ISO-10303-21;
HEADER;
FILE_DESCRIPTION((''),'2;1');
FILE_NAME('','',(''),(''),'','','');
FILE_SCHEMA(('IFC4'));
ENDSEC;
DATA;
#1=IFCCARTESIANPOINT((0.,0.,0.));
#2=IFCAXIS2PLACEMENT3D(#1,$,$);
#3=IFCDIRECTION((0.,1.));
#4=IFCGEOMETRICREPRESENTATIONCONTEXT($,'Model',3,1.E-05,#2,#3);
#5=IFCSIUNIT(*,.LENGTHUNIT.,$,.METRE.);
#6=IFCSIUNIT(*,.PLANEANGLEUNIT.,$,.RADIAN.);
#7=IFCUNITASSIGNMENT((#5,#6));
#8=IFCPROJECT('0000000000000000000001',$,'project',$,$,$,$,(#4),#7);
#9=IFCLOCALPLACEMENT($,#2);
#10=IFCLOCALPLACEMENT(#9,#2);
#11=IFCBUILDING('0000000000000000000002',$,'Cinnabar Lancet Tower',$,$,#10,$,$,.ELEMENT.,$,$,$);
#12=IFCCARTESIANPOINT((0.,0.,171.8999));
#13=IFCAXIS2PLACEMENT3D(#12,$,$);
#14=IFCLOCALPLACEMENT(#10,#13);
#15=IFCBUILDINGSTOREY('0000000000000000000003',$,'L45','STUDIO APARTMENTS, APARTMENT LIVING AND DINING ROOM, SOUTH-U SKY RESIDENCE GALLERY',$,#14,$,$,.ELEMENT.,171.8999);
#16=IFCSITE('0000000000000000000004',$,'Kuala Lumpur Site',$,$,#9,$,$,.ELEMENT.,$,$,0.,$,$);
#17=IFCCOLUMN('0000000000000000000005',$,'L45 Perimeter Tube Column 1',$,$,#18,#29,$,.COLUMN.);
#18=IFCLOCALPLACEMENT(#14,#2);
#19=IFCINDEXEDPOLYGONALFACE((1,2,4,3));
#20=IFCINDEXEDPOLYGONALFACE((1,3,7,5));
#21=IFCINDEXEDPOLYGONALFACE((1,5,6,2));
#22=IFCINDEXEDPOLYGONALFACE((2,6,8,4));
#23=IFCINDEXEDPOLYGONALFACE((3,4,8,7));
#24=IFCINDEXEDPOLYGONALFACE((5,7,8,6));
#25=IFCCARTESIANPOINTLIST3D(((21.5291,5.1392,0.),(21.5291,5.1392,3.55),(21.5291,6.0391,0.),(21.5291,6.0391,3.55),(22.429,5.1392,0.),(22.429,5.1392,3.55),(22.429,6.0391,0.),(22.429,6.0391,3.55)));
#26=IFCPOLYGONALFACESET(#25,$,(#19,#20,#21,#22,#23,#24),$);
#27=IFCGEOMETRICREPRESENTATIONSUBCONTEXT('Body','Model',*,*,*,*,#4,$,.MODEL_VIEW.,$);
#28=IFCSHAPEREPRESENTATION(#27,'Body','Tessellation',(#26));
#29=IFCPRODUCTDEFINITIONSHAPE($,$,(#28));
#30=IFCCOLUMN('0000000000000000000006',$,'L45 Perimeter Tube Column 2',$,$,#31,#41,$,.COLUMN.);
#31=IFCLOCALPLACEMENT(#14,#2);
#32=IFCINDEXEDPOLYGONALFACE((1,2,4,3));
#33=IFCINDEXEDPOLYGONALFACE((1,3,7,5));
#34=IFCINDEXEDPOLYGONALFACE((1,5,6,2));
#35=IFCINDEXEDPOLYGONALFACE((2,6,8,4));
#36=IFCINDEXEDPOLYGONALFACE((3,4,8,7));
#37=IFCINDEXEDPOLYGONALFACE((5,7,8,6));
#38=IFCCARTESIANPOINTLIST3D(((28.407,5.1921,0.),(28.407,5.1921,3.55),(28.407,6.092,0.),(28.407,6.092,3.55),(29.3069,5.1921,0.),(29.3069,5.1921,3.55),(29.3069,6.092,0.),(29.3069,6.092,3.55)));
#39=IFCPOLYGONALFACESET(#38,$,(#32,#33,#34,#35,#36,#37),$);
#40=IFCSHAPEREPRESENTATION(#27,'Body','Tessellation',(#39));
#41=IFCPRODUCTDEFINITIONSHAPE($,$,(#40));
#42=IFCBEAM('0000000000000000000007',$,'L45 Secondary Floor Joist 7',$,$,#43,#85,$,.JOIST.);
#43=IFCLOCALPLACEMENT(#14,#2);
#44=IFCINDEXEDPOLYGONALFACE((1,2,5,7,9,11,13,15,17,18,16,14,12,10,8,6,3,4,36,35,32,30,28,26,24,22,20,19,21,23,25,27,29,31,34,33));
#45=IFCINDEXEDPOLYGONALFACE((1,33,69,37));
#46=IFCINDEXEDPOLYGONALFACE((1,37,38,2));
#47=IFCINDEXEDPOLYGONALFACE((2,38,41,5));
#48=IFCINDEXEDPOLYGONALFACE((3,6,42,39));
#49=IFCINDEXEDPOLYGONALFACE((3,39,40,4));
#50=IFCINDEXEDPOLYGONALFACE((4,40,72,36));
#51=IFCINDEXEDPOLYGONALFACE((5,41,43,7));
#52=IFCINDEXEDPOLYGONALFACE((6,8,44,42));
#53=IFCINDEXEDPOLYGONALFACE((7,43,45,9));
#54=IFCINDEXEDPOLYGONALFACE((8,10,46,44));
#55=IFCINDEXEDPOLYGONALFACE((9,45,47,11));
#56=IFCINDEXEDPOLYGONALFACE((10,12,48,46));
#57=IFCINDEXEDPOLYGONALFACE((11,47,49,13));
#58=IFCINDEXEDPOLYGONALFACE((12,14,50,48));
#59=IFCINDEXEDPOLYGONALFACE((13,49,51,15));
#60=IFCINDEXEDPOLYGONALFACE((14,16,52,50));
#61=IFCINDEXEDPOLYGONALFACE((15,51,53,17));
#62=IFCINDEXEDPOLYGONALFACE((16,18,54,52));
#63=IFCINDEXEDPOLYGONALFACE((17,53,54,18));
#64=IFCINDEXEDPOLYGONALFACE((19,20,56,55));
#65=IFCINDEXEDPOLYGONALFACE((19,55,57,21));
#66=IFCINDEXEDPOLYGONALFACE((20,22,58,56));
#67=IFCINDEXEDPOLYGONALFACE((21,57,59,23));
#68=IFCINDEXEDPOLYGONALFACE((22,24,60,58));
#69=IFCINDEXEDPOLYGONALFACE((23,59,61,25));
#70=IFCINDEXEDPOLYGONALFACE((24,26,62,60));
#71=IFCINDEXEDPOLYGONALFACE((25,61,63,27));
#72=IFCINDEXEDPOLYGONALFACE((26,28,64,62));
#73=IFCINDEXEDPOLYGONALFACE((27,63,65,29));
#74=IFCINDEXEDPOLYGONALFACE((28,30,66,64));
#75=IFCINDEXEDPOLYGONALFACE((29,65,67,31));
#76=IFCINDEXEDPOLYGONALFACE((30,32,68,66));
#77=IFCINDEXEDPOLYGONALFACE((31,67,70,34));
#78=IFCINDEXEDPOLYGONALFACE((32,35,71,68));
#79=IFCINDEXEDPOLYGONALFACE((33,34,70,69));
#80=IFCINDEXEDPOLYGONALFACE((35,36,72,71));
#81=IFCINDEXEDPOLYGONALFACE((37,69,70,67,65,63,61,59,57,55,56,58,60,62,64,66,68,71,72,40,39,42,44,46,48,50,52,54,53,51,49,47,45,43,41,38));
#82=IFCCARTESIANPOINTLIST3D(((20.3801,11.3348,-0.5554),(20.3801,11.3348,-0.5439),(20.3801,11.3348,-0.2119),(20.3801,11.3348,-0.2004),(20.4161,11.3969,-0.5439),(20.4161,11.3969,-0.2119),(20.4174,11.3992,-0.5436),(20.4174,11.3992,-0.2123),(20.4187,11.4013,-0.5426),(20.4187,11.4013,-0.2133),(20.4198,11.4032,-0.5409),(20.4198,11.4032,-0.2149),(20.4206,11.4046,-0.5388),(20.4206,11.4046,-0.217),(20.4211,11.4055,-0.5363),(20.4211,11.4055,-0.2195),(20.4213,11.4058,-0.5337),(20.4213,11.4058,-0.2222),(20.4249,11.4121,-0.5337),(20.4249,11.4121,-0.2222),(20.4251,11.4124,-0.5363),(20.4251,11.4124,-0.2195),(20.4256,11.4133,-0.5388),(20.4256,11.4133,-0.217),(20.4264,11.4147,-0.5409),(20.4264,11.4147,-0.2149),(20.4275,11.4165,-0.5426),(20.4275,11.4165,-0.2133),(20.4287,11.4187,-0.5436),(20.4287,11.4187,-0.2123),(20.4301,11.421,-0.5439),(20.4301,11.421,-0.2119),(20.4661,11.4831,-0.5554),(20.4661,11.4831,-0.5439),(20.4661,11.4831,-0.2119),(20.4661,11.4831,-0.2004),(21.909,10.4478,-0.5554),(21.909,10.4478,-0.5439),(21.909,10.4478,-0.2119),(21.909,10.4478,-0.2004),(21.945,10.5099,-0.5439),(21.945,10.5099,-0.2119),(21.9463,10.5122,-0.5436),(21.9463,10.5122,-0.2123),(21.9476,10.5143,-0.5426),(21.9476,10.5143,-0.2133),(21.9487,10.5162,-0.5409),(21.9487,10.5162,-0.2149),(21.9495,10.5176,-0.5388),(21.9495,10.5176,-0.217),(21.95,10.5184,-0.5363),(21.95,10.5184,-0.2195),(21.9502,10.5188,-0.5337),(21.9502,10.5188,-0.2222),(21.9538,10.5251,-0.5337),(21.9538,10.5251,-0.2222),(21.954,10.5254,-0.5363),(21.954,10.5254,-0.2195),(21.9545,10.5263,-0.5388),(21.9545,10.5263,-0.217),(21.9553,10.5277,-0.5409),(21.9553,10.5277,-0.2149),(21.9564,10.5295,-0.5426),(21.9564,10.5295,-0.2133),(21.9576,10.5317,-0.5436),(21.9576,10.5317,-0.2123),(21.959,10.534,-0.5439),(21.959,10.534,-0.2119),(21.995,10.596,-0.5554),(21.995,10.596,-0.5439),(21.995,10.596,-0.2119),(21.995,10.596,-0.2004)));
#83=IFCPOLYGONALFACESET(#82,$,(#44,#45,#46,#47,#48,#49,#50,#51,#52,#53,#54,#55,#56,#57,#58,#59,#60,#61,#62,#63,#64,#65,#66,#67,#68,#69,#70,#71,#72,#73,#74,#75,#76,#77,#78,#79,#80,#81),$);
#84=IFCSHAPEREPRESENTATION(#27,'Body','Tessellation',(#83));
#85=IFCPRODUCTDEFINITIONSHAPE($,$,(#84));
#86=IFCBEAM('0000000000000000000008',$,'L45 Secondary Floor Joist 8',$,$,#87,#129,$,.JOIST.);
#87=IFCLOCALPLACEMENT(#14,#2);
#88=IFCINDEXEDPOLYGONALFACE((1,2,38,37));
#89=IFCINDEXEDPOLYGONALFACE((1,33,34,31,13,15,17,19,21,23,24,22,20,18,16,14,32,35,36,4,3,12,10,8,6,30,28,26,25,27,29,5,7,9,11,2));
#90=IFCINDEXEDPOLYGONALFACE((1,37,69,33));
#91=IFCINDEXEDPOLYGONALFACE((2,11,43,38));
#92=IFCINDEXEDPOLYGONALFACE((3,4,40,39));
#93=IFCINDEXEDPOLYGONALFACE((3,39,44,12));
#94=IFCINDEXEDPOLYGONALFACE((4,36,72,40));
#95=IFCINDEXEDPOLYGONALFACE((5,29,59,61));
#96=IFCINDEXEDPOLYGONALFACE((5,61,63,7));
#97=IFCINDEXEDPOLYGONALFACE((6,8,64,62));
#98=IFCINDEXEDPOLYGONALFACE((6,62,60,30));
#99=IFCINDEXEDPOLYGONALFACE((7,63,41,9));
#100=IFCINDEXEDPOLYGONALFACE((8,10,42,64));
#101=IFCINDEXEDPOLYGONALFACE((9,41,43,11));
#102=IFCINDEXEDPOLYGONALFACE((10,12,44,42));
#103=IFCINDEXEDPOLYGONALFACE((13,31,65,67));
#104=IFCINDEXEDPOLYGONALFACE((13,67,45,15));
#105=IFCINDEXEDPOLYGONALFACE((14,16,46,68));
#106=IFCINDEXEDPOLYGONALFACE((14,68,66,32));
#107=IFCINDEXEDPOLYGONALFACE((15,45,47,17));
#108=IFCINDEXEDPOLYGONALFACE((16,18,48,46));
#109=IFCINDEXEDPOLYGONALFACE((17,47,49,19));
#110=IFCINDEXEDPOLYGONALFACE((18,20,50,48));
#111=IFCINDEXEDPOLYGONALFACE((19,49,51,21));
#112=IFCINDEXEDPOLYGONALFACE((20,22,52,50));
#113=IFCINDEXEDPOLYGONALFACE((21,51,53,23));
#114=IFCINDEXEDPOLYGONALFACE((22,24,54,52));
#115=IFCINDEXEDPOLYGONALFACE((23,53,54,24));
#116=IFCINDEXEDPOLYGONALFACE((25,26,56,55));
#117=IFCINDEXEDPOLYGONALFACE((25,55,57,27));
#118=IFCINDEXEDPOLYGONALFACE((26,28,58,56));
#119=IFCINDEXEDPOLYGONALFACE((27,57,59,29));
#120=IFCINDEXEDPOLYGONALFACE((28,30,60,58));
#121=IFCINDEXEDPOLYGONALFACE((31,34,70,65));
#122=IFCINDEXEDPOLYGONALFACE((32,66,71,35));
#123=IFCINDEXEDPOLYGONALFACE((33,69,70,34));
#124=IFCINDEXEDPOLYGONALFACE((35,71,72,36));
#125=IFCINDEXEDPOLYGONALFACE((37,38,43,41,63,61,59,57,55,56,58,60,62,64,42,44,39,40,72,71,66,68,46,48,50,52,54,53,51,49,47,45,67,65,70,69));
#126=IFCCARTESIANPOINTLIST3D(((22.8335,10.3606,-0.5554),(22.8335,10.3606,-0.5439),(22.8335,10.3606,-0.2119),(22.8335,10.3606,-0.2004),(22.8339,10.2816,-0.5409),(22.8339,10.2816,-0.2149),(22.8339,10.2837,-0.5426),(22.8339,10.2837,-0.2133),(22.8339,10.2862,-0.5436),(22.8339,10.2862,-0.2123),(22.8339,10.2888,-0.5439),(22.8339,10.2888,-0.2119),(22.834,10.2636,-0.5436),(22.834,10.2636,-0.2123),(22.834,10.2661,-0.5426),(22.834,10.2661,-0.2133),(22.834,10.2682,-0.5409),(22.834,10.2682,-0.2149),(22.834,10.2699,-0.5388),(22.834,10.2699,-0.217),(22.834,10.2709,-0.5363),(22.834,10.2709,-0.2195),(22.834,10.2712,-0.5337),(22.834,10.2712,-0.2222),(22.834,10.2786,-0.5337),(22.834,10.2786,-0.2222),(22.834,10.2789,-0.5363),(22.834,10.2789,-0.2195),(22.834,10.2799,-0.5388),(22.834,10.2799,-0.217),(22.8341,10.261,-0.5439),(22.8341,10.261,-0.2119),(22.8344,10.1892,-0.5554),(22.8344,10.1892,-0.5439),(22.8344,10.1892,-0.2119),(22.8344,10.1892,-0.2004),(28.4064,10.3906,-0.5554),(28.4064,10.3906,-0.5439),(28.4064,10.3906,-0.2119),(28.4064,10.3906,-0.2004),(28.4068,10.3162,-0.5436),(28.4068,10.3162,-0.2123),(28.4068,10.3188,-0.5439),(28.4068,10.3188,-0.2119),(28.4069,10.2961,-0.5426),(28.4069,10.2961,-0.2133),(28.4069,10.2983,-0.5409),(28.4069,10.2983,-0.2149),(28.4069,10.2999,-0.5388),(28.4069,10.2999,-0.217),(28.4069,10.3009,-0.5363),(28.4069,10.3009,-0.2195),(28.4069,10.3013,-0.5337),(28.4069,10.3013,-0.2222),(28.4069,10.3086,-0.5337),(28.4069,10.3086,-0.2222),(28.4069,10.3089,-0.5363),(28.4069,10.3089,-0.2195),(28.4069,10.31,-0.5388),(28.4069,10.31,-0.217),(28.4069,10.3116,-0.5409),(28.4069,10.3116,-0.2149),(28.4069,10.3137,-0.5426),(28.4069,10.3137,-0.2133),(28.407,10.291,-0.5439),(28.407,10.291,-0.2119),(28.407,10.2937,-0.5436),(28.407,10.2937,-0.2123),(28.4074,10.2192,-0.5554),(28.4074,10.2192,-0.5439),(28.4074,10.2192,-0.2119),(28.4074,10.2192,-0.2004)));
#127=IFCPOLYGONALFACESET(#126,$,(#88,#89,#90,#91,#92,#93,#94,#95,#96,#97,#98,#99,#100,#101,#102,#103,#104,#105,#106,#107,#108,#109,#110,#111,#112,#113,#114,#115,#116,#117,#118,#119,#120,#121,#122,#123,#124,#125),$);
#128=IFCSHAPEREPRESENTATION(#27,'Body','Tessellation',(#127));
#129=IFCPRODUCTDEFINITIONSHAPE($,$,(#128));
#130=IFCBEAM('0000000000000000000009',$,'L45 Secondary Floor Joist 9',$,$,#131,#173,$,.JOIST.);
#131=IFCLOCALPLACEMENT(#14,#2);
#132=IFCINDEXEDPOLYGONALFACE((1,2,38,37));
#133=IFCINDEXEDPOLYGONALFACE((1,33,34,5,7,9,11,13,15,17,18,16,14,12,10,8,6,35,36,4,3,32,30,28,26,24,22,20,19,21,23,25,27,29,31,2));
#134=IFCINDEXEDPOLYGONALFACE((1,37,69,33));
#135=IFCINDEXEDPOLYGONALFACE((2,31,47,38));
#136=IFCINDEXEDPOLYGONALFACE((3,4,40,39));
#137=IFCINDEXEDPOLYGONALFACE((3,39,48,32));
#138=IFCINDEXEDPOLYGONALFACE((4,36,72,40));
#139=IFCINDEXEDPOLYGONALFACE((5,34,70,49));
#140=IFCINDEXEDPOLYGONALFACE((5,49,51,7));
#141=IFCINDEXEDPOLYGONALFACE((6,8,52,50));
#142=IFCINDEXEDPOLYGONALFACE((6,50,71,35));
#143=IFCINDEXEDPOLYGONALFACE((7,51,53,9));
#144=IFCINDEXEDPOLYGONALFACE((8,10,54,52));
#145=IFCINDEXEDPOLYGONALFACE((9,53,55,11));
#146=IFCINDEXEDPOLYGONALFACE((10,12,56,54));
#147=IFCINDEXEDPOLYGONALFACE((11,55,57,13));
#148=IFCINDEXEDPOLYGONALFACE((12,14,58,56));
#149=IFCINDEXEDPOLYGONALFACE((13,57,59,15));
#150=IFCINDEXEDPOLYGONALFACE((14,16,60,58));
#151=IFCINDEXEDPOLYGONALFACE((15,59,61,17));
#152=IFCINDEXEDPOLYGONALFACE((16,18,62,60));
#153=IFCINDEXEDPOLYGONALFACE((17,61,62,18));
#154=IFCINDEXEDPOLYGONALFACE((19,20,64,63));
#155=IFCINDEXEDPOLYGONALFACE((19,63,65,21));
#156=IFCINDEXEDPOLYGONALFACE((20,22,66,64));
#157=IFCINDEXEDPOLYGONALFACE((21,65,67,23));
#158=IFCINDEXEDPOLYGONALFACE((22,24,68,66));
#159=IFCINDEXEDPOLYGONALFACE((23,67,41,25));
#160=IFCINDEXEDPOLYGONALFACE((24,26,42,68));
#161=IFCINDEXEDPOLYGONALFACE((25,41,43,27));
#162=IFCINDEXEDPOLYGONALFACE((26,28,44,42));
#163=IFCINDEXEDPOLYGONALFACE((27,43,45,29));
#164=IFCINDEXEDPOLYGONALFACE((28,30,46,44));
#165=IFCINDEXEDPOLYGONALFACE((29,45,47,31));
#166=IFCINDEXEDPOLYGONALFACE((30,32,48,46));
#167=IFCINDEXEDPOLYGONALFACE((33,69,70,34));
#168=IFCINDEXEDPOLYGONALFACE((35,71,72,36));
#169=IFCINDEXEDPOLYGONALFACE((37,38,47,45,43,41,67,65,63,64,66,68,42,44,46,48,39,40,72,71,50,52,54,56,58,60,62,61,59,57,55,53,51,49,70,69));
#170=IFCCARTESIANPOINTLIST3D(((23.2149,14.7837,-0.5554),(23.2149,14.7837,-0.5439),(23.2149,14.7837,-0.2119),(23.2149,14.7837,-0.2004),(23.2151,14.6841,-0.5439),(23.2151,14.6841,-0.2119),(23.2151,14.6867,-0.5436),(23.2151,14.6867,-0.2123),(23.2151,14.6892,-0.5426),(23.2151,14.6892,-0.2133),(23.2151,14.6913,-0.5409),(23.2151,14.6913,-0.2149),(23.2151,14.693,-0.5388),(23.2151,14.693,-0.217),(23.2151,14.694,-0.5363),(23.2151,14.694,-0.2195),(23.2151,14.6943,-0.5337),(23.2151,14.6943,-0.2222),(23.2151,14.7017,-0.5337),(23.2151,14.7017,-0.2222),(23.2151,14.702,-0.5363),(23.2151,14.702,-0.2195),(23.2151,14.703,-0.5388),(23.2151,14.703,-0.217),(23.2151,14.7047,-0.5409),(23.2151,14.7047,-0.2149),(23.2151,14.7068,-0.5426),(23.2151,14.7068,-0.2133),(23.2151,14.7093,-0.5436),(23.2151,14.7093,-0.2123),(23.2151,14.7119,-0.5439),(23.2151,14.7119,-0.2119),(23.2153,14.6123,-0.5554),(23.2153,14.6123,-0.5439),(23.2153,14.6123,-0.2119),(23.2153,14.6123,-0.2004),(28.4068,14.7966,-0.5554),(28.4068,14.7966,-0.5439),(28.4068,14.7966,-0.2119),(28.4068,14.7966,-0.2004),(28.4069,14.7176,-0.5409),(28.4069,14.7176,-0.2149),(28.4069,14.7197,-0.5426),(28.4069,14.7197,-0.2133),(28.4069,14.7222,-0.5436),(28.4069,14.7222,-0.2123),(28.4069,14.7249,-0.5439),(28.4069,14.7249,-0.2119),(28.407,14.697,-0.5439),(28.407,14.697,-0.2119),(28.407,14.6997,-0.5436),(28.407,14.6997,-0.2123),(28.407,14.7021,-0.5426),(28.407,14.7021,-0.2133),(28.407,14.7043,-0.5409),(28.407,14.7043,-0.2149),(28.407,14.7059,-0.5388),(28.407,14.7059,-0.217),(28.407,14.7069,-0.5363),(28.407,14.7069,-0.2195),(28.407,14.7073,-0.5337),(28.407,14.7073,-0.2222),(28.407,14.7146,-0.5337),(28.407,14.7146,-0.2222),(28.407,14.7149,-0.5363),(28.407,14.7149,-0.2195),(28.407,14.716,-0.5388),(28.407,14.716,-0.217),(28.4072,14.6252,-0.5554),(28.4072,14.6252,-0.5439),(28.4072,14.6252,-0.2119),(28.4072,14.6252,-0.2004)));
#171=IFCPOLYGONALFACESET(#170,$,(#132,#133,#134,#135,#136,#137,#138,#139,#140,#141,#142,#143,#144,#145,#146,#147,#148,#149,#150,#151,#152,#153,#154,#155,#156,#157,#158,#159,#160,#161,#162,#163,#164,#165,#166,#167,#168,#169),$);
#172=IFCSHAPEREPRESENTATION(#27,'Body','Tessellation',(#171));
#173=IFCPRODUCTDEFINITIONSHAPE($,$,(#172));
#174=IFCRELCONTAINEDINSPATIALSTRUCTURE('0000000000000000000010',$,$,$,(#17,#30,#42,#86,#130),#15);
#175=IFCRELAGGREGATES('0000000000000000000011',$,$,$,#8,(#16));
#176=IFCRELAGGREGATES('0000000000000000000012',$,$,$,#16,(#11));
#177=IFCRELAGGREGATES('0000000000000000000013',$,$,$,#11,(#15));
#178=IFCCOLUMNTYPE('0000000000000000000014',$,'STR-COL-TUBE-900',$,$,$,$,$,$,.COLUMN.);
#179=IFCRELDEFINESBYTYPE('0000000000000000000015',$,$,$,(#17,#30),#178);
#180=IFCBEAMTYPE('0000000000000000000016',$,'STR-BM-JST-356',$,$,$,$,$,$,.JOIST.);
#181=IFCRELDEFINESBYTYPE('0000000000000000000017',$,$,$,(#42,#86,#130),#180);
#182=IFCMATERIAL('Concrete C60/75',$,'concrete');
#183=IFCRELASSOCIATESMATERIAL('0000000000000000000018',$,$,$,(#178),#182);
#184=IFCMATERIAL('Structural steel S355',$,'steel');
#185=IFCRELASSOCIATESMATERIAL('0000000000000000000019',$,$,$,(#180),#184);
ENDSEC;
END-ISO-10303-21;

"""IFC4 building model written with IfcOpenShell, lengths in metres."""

from ifc_helpers import new_model, si_unit, direction, frame, origin, origin_2d, place, context, subcontext, project, spatial, rectangle, i_section, extrude, material, material_profile, profile_set, type_object, element, save


model = new_model("IFC4")

# Units and contexts
model_context = context("Model", 3, precision=1e-05, world=origin(), true_north=direction((0.0, 1.0)))
body_context = subcontext(model_context, "Body", "Model", "MODEL_VIEW")
ifc_project = project(units=[si_unit("LENGTHUNIT", "METRE"), si_unit("PLANEANGLEUNIT", "RADIAN")], contexts=[model_context])

# Site, building, storey
site_placement = place(None, origin())
site = spatial("IfcSite", under=ifc_project, at=site_placement, Name="Kuala Lumpur Site", CompositionType="ELEMENT", RefElevation=0.0)
building_placement = place(site_placement, origin())
building = spatial("IfcBuilding", under=site, at=building_placement, Name="Cinnabar Lancet Tower", CompositionType="ELEMENT")
storey_placement = place(building_placement, frame((0.0, 0.0, 171.8999)))
storey = spatial("IfcBuildingStorey", under=building, at=storey_placement, Name="L45", Description="STUDIO APARTMENTS, APARTMENT LIVING AND DINING ROOM, SOUTH-U SKY RESIDENCE GALLERY", CompositionType="ELEMENT", Elevation=171.8999)

# Columns
ifc_material_1 = material(Name="Concrete C60/75", Category="concrete")
ifc_material_profile_1 = material_profile(ifc_material_1, rectangle(XDim=0.8999, YDim=0.8999, at=origin_2d()), Name="RC-COL 900x900")
ifc_profile_set_1 = profile_set([ifc_material_profile_1], Name="Concrete C60/75")
column_type = type_object("IfcColumnType", Name="STR-COL-TUBE-900", PredefinedType="COLUMN", material=ifc_profile_set_1)
for number, where, z_axis, x_axis, name in (
    (1, (21.979, 5.5891, 0.0), (0.0, 0.0, 1.0), (1.0, 0.0, 0.0), "L45 Perimeter Tube Column 1"),
    (2, (28.8569, 5.6421, 0.0), (0.0, 0.0, 1.0), (1.0, 0.0, 0.0), "L45 Perimeter Tube Column 2"),
):
    element("IfcColumn", number, at=place(storey_placement, frame(where, z_axis=z_axis, x_axis=x_axis)), inside=storey, type_object=column_type, Name=name, PredefinedType="COLUMN", context=body_context, shape_type="SweptSolid", body=[
        extrude(rectangle(XDim=0.8999, YDim=0.8999, at=origin_2d()), origin(), (0.0, 0.0, 1.0), 3.55),
    ])

# Beams
ifc_material_2 = material(Name="Structural steel S355", Category="steel")
ifc_material_profile_2 = material_profile(ifc_material_2, i_section(OverallWidth=0.1714, OverallDepth=0.355, WebThickness=0.0073, FlangeThickness=0.0115, FilletRadius=0.0103, at=origin_2d()), Name="UKB 356x171x51")
ifc_profile_set_2 = profile_set([ifc_material_profile_2], Name="Structural steel S355")
beam_type_1 = type_object("IfcBeamType", Name="STR-BM-JST-356", PredefinedType="JOIST", material=ifc_profile_set_2)
beam_1_placement = place(storey_placement, frame((20.4231, 11.4089, -0.3779), z_axis=(0.864969, -0.501826, 0.0), x_axis=(0.501826, 0.864969, 0.0)))
element("IfcBeam", 3, at=beam_1_placement, inside=storey, type_object=beam_type_1, Name="L45 Secondary Floor Joist 7", PredefinedType="JOIST", context=body_context, shape_type="SweptSolid", body=[
    extrude(i_section(OverallWidth=0.1714, OverallDepth=0.355, WebThickness=0.0073, FlangeThickness=0.0115, FilletRadius=0.0103, at=origin_2d()), origin(), (0.0, 0.0, 1.0), 1.7676),
])
beam_2_placement = place(storey_placement, frame((22.834, 10.2749, -0.3779), z_axis=(0.999985, 0.005388, 0.0), x_axis=(-0.005388, 0.999985, 0.0)))
element("IfcBeam", 4, at=beam_2_placement, inside=storey, type_object=beam_type_1, Name="L45 Secondary Floor Joist 8", PredefinedType="JOIST", context=body_context, shape_type="SweptSolid", body=[
    extrude(i_section(OverallWidth=0.1714, OverallDepth=0.355, WebThickness=0.0073, FlangeThickness=0.0115, FilletRadius=0.0103, at=origin_2d()), origin(), (0.0, 0.0, 1.0), 5.573),
])
beam_3_placement = place(storey_placement, frame((23.2151, 14.698, -0.3779), z_axis=(0.999997, 0.002492, 0.0), x_axis=(-0.002492, 0.999997, 0.0)))
element("IfcBeam", 5, at=beam_3_placement, inside=storey, type_object=beam_type_1, Name="L45 Secondary Floor Joist 9", PredefinedType="JOIST", context=body_context, shape_type="SweptSolid", body=[
    extrude(i_section(OverallWidth=0.1714, OverallDepth=0.355, WebThickness=0.0073, FlangeThickness=0.0115, FilletRadius=0.0103, at=origin_2d()), origin(), (0.0, 0.0, 1.0), 5.1919),
])

save(model, "model.ifc")
